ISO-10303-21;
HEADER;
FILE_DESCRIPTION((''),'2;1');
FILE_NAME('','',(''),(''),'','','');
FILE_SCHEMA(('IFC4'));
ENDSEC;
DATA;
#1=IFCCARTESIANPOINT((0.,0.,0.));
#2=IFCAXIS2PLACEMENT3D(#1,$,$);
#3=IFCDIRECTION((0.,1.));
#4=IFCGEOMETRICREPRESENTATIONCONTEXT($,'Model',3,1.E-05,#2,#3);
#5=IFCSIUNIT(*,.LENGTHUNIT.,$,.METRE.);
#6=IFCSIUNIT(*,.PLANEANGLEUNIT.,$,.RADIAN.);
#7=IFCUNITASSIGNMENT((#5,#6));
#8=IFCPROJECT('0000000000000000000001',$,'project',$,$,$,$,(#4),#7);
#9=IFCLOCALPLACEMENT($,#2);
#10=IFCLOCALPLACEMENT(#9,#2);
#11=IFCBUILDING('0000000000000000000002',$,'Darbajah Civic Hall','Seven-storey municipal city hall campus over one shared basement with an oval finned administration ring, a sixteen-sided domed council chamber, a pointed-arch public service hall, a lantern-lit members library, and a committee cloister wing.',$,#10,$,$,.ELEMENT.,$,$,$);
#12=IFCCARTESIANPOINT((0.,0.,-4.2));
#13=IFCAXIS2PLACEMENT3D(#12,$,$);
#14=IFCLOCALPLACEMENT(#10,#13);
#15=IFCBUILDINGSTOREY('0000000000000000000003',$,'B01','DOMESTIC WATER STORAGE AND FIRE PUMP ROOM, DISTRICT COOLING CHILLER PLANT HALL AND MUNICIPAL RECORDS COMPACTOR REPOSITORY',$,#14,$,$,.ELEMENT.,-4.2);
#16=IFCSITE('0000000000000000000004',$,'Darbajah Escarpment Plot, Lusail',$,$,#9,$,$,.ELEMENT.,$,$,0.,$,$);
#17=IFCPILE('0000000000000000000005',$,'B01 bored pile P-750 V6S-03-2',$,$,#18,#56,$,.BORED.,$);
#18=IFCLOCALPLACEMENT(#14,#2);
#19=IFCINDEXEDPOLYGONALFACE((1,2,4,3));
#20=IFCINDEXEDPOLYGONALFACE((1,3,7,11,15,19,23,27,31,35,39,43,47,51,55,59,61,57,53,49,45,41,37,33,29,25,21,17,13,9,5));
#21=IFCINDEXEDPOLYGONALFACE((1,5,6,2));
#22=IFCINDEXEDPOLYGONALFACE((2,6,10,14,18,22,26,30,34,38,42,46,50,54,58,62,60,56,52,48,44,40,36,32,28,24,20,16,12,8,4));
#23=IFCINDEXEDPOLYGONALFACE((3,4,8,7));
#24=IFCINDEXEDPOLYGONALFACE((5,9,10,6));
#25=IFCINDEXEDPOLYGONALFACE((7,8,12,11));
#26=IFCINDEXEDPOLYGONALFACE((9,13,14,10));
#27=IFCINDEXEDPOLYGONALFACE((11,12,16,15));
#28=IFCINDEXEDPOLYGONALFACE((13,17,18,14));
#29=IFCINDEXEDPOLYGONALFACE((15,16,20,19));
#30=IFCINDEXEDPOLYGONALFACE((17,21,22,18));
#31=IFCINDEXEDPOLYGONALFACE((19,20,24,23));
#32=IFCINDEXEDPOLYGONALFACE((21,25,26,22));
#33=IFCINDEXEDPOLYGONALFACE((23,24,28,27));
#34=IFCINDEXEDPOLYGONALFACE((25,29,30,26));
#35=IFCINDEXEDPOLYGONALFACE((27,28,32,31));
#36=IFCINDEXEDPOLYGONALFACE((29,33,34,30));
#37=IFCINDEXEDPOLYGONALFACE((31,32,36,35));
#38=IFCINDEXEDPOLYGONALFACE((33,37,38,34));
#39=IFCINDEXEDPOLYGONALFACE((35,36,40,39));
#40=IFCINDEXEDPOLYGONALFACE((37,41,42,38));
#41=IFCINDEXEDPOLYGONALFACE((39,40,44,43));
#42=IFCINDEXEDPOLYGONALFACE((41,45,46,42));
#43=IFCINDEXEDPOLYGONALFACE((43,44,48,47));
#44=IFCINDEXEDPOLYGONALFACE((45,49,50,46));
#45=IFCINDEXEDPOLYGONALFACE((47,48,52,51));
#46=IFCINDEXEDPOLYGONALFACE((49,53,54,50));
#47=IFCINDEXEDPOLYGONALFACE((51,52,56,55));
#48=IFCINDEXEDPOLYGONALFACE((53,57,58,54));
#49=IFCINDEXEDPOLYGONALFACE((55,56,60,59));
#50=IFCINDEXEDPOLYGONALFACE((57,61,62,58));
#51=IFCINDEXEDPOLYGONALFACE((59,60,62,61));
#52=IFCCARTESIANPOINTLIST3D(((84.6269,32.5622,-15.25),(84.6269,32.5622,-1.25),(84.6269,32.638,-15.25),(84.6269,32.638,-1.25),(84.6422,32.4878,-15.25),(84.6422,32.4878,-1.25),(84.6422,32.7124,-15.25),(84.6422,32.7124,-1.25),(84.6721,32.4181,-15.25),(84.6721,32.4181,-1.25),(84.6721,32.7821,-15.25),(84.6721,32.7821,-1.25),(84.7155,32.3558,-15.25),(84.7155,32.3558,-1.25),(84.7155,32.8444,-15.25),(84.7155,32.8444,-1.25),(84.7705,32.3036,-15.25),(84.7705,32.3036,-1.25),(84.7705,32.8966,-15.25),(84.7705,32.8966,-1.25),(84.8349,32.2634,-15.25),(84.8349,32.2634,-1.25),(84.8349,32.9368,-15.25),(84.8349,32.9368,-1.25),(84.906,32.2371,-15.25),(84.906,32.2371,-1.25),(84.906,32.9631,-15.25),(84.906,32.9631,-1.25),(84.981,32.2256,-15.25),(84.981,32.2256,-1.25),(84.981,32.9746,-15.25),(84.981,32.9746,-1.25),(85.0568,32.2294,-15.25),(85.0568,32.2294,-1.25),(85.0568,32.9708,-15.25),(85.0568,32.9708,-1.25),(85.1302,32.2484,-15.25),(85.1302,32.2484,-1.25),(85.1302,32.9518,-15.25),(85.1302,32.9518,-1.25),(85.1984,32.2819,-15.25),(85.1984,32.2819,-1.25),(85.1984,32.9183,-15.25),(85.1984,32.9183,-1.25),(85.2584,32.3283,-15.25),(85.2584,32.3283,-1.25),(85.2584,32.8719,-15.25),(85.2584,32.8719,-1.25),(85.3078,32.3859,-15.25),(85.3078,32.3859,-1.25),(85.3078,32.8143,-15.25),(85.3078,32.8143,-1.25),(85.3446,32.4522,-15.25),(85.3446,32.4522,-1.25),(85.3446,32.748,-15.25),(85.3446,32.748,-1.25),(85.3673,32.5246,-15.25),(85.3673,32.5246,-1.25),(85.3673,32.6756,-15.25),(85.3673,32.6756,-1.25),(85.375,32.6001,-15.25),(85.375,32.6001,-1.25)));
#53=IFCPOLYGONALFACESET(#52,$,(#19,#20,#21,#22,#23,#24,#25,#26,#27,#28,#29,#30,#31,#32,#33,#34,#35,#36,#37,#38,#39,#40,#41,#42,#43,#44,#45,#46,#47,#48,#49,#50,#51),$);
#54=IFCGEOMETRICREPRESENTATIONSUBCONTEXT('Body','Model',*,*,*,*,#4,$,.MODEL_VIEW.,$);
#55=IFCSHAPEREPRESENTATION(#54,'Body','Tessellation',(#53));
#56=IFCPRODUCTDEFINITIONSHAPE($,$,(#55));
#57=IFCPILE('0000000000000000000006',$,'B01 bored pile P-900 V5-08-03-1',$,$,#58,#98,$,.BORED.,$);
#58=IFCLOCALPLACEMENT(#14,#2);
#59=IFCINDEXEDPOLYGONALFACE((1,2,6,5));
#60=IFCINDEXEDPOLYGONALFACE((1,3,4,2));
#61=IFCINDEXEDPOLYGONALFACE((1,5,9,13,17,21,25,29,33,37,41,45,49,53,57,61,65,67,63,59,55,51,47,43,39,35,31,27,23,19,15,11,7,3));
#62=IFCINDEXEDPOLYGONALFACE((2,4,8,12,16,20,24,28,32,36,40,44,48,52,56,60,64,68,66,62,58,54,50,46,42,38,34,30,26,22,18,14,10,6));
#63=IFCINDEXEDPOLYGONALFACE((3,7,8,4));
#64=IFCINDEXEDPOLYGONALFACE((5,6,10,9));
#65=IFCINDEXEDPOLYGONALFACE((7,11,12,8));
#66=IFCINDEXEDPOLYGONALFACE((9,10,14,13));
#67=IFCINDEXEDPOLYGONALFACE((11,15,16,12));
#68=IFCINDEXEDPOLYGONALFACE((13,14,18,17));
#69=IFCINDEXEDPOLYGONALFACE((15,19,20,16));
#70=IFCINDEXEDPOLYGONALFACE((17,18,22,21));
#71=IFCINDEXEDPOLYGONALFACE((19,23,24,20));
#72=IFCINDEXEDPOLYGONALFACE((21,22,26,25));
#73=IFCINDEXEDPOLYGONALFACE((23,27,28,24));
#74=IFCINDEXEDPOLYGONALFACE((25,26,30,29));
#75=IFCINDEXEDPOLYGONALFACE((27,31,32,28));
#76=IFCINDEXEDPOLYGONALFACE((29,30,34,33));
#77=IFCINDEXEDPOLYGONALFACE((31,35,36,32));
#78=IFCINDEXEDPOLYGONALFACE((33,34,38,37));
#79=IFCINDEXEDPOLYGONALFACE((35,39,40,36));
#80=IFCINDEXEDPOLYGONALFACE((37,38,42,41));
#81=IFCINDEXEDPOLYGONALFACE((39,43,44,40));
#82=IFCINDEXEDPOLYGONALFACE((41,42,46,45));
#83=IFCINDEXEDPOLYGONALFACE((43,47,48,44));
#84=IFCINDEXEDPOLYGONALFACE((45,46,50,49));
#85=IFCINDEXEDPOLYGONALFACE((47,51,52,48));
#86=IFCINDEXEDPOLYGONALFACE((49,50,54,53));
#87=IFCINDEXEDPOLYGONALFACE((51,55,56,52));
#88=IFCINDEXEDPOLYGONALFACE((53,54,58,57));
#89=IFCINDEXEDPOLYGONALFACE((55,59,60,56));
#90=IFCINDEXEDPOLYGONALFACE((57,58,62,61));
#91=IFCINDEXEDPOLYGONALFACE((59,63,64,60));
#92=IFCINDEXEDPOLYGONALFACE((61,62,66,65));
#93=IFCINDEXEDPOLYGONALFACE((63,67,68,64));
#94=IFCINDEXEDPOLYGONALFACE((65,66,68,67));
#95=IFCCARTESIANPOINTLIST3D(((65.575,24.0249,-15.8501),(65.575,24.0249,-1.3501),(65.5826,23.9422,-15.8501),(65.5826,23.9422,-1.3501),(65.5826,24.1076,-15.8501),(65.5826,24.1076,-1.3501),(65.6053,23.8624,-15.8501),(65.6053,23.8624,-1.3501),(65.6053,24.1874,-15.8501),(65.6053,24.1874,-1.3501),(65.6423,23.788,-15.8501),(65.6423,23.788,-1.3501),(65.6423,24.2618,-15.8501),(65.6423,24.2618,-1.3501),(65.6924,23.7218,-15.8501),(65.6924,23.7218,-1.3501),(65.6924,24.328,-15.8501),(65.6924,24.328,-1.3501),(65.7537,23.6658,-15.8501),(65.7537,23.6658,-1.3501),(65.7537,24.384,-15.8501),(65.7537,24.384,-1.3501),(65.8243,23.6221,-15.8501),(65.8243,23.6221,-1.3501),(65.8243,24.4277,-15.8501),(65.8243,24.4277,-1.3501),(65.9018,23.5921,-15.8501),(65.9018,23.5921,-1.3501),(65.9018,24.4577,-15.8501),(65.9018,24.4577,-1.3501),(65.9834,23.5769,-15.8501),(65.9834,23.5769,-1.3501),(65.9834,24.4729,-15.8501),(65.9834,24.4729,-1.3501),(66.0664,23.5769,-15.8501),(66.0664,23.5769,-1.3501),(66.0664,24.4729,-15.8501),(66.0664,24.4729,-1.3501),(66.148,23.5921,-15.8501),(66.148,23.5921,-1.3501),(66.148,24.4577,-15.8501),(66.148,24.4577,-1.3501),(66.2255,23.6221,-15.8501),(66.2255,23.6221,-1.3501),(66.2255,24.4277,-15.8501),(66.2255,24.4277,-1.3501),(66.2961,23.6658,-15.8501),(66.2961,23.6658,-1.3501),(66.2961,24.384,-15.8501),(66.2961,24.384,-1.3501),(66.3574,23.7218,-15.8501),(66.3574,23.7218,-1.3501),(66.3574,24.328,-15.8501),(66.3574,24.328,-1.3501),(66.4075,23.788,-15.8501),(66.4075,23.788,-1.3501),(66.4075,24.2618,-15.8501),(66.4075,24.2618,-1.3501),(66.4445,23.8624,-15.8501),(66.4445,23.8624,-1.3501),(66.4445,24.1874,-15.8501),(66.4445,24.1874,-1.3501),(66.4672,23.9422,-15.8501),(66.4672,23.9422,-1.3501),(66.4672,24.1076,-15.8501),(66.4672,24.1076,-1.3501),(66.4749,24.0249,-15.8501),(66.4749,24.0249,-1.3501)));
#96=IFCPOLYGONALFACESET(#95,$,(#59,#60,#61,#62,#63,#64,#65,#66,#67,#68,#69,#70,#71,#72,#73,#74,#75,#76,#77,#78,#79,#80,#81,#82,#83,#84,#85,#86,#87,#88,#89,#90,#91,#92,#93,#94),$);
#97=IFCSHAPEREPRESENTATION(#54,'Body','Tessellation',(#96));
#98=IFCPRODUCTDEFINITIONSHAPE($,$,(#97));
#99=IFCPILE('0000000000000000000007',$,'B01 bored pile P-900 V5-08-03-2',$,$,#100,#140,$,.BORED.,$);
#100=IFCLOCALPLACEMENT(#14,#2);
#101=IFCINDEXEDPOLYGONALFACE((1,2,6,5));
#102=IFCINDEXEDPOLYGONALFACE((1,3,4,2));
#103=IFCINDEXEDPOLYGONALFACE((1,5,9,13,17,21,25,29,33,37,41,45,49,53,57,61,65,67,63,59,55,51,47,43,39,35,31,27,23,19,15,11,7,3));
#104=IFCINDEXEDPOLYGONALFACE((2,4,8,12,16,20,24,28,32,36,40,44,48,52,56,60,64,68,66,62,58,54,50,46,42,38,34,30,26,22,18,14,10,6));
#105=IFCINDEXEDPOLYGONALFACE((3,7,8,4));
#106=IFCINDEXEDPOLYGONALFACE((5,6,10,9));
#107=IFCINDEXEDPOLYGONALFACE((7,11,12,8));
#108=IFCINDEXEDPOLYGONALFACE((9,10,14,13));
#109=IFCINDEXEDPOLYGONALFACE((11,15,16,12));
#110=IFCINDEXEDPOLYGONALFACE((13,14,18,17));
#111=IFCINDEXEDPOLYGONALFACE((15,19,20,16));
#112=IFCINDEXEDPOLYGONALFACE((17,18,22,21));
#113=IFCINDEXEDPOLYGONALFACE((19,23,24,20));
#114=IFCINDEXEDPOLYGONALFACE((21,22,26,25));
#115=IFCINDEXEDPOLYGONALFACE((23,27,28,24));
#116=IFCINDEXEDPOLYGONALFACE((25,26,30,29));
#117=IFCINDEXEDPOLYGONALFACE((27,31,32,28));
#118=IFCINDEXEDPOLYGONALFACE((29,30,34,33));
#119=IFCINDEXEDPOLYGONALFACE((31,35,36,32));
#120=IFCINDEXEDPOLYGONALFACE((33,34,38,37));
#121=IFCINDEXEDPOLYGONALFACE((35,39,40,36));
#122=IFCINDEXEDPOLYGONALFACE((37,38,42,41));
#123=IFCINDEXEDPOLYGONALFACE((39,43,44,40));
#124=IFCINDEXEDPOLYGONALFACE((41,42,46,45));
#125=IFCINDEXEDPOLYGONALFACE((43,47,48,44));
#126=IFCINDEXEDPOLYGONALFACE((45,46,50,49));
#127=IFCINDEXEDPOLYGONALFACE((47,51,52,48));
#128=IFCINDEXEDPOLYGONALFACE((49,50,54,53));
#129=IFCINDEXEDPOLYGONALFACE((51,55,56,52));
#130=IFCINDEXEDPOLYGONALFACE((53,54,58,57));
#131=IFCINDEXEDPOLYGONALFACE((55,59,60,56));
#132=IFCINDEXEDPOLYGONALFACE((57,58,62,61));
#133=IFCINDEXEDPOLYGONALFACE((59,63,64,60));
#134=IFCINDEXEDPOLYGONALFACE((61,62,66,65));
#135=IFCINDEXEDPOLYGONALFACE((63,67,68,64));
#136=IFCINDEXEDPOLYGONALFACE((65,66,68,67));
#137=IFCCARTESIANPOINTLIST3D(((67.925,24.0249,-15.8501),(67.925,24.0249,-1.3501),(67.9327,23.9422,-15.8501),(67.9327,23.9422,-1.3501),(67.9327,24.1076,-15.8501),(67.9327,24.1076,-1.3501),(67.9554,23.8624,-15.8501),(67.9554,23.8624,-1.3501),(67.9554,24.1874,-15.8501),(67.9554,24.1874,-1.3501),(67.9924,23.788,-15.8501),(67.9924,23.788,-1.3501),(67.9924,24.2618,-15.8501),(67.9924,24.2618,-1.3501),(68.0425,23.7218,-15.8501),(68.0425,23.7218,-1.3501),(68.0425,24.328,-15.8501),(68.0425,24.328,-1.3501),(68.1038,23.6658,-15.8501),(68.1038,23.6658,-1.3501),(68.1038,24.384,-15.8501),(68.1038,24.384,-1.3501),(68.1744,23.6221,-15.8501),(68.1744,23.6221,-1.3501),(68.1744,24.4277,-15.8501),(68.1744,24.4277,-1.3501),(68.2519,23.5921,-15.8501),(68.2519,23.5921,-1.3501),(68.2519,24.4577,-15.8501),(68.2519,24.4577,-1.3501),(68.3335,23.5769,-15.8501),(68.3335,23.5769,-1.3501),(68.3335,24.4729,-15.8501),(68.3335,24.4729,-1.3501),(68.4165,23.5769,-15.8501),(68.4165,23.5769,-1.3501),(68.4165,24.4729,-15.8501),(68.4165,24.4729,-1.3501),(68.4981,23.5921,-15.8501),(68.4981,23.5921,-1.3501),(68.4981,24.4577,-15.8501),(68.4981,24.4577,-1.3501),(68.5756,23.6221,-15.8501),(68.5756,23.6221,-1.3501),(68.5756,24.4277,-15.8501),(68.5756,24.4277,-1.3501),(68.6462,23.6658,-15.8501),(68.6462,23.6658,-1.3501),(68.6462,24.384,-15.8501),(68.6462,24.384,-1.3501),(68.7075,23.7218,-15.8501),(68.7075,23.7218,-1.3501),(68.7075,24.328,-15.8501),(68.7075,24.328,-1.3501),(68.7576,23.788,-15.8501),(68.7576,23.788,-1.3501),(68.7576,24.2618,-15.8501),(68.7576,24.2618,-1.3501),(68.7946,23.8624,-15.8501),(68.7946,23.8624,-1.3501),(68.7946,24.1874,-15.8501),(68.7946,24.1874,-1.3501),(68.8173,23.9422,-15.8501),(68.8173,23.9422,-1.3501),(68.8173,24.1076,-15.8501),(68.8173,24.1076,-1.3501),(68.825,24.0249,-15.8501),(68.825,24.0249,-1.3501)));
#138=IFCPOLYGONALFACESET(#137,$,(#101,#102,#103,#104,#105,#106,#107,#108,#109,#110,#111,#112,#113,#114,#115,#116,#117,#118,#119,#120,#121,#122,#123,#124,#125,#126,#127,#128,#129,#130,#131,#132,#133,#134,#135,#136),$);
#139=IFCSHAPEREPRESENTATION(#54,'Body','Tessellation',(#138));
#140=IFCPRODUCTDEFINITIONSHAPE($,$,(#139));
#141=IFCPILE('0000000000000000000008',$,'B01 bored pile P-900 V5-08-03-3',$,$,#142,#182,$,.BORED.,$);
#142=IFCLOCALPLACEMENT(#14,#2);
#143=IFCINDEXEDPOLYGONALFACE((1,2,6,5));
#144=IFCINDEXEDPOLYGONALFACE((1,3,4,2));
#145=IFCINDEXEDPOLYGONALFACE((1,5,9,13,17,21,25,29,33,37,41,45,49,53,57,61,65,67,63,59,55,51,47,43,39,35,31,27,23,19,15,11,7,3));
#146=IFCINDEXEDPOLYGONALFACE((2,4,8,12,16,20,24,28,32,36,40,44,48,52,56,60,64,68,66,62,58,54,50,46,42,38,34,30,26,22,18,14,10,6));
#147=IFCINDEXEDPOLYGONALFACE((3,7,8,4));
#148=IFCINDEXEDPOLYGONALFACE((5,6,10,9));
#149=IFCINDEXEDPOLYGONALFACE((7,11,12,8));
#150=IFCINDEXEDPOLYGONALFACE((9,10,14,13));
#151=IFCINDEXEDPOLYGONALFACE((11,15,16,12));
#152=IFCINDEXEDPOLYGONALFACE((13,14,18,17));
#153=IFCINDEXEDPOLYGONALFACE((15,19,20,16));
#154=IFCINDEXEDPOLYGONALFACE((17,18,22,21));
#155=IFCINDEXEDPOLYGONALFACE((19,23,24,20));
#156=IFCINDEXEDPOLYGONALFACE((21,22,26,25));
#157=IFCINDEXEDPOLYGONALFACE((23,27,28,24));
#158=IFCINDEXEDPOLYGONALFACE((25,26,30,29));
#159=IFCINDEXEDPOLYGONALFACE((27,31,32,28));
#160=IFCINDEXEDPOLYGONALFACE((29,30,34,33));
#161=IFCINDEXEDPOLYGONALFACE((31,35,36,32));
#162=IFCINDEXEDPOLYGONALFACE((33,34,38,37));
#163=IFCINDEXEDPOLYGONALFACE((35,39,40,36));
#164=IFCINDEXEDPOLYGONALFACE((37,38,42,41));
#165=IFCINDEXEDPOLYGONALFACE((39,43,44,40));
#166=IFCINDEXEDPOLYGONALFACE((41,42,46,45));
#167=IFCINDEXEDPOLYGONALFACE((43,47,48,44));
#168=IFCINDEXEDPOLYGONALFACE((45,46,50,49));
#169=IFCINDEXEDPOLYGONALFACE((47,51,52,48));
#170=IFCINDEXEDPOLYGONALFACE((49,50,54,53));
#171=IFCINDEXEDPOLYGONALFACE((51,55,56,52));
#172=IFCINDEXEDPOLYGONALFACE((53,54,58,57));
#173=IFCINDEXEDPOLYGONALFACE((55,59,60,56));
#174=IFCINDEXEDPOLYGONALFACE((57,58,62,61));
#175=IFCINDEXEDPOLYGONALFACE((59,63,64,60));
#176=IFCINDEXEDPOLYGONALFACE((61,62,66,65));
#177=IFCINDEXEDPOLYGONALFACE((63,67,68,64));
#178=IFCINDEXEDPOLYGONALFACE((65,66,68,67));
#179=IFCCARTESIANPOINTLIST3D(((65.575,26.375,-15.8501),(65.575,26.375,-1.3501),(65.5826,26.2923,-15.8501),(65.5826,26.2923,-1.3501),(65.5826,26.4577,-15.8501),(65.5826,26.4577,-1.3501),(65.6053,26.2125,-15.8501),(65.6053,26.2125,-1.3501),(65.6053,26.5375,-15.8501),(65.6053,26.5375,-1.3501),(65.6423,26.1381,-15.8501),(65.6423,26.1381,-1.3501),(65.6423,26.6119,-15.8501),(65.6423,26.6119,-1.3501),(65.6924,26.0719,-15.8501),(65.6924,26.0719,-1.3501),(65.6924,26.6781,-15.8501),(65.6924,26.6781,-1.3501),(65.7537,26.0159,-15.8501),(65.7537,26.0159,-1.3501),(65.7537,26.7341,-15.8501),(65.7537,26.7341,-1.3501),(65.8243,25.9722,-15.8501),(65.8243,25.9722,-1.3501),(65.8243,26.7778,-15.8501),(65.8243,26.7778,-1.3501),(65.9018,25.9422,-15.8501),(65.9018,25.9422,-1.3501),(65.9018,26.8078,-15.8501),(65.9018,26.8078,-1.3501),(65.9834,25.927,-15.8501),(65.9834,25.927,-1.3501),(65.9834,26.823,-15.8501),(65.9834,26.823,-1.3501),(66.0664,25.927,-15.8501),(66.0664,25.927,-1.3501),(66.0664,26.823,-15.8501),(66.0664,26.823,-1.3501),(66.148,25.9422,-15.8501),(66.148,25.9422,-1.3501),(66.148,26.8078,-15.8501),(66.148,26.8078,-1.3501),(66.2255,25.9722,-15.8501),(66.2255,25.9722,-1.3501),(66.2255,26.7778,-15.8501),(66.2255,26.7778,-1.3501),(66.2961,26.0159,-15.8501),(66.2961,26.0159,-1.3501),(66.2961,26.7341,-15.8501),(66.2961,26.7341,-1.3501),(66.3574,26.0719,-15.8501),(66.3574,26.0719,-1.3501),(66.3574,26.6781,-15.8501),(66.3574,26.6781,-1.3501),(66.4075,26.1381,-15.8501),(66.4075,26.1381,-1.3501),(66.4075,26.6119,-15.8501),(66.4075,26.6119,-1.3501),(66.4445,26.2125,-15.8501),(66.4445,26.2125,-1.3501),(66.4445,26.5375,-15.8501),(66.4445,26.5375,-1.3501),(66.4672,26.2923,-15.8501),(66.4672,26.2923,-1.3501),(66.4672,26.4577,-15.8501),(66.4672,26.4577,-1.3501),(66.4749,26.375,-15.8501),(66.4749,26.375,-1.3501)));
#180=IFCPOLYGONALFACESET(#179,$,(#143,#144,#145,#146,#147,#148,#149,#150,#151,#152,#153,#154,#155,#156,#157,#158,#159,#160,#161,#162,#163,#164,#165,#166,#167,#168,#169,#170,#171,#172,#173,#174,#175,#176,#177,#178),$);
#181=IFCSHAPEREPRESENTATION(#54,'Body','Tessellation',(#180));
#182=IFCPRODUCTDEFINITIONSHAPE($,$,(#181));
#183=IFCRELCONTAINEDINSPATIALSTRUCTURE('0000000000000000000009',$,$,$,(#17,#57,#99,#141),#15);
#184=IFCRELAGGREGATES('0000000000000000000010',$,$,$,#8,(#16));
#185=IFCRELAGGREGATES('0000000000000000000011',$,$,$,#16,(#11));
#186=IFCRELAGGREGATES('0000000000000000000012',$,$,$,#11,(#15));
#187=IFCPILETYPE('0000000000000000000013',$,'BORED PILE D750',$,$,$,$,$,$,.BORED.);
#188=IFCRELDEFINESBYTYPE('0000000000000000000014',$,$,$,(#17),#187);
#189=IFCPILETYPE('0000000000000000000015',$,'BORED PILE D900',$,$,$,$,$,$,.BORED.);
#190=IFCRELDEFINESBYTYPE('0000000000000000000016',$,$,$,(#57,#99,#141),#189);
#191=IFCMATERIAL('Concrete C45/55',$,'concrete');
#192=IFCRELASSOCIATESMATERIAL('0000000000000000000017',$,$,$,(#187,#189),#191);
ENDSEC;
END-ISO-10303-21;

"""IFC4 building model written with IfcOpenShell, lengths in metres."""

from ifc_helpers import new_model, si_unit, direction, frame, origin, origin_2d, place, context, subcontext, project, spatial, circle, extrude, material, material_profile, profile_set, type_object, element, save


model = new_model("IFC4")

# Units and contexts
model_context = context("Model", 3, precision=1e-05, world=origin(), true_north=direction((0.0, 1.0)))
body_context = subcontext(model_context, "Body", "Model", "MODEL_VIEW")
ifc_project = project(units=[si_unit("LENGTHUNIT", "METRE"), si_unit("PLANEANGLEUNIT", "RADIAN")], contexts=[model_context])

# Site, building, storey
site_placement = place(None, origin())
site = spatial("IfcSite", under=ifc_project, at=site_placement, Name="Darbajah Escarpment Plot, Lusail", CompositionType="ELEMENT", RefElevation=0.0)
building_placement = place(site_placement, origin())
building = spatial("IfcBuilding", under=site, at=building_placement, Name="Darbajah Civic Hall", Description="Seven-storey municipal city hall campus over one shared basement with an oval finned administration ring, a sixteen-sided domed council chamber, a pointed-arch public service hall, a lantern-lit members library, and a committee cloister wing.", CompositionType="ELEMENT")
storey_placement = place(building_placement, frame((0.0, 0.0, -4.2)))
storey = spatial("IfcBuildingStorey", under=building, at=storey_placement, Name="B01", Description="DOMESTIC WATER STORAGE AND FIRE PUMP ROOM, DISTRICT COOLING CHILLER PLANT HALL AND MUNICIPAL RECORDS COMPACTOR REPOSITORY", CompositionType="ELEMENT", Elevation=-4.2)

# Piles
ifc_material_1 = material(Name="Concrete C45/55", Category="concrete")
ifc_material_profile_1 = material_profile(ifc_material_1, circle(Radius=0.375, at=origin_2d()), Name="BORED PILE D750")
ifc_profile_set_1 = profile_set([ifc_material_profile_1], Name="Concrete C45/55")
pile_type_1 = type_object("IfcPileType", Name="BORED PILE D750", PredefinedType="BORED", material=ifc_profile_set_1)
for number, where, z_axis, x_axis, name in (
    (1, (85.0, 32.6001, -1.25), (0.0, 0.0, -1.0), (1.0, 0.0, 0.0), "B01 bored pile P-750 V6S-03-2"),
):
    element("IfcPile", number, at=place(storey_placement, frame(where, z_axis=z_axis, x_axis=x_axis)), inside=storey, type_object=pile_type_1, Name=name, PredefinedType="BORED", context=body_context, shape_type="SweptSolid", body=[
        extrude(circle(Radius=0.375, at=origin_2d()), origin(), (0.0, 0.0, 1.0), 14.0),
    ])
ifc_material_profile_2 = material_profile(ifc_material_1, circle(Radius=0.45, at=origin_2d()), Name="BORED PILE D900")
ifc_profile_set_2 = profile_set([ifc_material_profile_2], Name="Concrete C45/55")
pile_type_2 = type_object("IfcPileType", Name="BORED PILE D900", PredefinedType="BORED", material=ifc_profile_set_2)
for number, where, z_axis, x_axis, name in (
    (2, (66.0249, 24.0249, -1.3501), (0.0, 0.0, -1.0), (1.0, 0.0, 0.0), "B01 bored pile P-900 V5-08-03-1"),
    (3, (68.375, 24.0249, -1.3501), (0.0, 0.0, -1.0), (1.0, 0.0, 0.0), "B01 bored pile P-900 V5-08-03-2"),
    (4, (66.0249, 26.375, -1.3501), (0.0, 0.0, -1.0), (1.0, 0.0, 0.0), "B01 bored pile P-900 V5-08-03-3"),
):
    element("IfcPile", number, at=place(storey_placement, frame(where, z_axis=z_axis, x_axis=x_axis)), inside=storey, type_object=pile_type_2, Name=name, PredefinedType="BORED", context=body_context, shape_type="SweptSolid", body=[
        extrude(circle(Radius=0.45, at=origin_2d()), origin(), (0.0, 0.0, 1.0), 14.5),
    ])

save(model, "model.ifc")
